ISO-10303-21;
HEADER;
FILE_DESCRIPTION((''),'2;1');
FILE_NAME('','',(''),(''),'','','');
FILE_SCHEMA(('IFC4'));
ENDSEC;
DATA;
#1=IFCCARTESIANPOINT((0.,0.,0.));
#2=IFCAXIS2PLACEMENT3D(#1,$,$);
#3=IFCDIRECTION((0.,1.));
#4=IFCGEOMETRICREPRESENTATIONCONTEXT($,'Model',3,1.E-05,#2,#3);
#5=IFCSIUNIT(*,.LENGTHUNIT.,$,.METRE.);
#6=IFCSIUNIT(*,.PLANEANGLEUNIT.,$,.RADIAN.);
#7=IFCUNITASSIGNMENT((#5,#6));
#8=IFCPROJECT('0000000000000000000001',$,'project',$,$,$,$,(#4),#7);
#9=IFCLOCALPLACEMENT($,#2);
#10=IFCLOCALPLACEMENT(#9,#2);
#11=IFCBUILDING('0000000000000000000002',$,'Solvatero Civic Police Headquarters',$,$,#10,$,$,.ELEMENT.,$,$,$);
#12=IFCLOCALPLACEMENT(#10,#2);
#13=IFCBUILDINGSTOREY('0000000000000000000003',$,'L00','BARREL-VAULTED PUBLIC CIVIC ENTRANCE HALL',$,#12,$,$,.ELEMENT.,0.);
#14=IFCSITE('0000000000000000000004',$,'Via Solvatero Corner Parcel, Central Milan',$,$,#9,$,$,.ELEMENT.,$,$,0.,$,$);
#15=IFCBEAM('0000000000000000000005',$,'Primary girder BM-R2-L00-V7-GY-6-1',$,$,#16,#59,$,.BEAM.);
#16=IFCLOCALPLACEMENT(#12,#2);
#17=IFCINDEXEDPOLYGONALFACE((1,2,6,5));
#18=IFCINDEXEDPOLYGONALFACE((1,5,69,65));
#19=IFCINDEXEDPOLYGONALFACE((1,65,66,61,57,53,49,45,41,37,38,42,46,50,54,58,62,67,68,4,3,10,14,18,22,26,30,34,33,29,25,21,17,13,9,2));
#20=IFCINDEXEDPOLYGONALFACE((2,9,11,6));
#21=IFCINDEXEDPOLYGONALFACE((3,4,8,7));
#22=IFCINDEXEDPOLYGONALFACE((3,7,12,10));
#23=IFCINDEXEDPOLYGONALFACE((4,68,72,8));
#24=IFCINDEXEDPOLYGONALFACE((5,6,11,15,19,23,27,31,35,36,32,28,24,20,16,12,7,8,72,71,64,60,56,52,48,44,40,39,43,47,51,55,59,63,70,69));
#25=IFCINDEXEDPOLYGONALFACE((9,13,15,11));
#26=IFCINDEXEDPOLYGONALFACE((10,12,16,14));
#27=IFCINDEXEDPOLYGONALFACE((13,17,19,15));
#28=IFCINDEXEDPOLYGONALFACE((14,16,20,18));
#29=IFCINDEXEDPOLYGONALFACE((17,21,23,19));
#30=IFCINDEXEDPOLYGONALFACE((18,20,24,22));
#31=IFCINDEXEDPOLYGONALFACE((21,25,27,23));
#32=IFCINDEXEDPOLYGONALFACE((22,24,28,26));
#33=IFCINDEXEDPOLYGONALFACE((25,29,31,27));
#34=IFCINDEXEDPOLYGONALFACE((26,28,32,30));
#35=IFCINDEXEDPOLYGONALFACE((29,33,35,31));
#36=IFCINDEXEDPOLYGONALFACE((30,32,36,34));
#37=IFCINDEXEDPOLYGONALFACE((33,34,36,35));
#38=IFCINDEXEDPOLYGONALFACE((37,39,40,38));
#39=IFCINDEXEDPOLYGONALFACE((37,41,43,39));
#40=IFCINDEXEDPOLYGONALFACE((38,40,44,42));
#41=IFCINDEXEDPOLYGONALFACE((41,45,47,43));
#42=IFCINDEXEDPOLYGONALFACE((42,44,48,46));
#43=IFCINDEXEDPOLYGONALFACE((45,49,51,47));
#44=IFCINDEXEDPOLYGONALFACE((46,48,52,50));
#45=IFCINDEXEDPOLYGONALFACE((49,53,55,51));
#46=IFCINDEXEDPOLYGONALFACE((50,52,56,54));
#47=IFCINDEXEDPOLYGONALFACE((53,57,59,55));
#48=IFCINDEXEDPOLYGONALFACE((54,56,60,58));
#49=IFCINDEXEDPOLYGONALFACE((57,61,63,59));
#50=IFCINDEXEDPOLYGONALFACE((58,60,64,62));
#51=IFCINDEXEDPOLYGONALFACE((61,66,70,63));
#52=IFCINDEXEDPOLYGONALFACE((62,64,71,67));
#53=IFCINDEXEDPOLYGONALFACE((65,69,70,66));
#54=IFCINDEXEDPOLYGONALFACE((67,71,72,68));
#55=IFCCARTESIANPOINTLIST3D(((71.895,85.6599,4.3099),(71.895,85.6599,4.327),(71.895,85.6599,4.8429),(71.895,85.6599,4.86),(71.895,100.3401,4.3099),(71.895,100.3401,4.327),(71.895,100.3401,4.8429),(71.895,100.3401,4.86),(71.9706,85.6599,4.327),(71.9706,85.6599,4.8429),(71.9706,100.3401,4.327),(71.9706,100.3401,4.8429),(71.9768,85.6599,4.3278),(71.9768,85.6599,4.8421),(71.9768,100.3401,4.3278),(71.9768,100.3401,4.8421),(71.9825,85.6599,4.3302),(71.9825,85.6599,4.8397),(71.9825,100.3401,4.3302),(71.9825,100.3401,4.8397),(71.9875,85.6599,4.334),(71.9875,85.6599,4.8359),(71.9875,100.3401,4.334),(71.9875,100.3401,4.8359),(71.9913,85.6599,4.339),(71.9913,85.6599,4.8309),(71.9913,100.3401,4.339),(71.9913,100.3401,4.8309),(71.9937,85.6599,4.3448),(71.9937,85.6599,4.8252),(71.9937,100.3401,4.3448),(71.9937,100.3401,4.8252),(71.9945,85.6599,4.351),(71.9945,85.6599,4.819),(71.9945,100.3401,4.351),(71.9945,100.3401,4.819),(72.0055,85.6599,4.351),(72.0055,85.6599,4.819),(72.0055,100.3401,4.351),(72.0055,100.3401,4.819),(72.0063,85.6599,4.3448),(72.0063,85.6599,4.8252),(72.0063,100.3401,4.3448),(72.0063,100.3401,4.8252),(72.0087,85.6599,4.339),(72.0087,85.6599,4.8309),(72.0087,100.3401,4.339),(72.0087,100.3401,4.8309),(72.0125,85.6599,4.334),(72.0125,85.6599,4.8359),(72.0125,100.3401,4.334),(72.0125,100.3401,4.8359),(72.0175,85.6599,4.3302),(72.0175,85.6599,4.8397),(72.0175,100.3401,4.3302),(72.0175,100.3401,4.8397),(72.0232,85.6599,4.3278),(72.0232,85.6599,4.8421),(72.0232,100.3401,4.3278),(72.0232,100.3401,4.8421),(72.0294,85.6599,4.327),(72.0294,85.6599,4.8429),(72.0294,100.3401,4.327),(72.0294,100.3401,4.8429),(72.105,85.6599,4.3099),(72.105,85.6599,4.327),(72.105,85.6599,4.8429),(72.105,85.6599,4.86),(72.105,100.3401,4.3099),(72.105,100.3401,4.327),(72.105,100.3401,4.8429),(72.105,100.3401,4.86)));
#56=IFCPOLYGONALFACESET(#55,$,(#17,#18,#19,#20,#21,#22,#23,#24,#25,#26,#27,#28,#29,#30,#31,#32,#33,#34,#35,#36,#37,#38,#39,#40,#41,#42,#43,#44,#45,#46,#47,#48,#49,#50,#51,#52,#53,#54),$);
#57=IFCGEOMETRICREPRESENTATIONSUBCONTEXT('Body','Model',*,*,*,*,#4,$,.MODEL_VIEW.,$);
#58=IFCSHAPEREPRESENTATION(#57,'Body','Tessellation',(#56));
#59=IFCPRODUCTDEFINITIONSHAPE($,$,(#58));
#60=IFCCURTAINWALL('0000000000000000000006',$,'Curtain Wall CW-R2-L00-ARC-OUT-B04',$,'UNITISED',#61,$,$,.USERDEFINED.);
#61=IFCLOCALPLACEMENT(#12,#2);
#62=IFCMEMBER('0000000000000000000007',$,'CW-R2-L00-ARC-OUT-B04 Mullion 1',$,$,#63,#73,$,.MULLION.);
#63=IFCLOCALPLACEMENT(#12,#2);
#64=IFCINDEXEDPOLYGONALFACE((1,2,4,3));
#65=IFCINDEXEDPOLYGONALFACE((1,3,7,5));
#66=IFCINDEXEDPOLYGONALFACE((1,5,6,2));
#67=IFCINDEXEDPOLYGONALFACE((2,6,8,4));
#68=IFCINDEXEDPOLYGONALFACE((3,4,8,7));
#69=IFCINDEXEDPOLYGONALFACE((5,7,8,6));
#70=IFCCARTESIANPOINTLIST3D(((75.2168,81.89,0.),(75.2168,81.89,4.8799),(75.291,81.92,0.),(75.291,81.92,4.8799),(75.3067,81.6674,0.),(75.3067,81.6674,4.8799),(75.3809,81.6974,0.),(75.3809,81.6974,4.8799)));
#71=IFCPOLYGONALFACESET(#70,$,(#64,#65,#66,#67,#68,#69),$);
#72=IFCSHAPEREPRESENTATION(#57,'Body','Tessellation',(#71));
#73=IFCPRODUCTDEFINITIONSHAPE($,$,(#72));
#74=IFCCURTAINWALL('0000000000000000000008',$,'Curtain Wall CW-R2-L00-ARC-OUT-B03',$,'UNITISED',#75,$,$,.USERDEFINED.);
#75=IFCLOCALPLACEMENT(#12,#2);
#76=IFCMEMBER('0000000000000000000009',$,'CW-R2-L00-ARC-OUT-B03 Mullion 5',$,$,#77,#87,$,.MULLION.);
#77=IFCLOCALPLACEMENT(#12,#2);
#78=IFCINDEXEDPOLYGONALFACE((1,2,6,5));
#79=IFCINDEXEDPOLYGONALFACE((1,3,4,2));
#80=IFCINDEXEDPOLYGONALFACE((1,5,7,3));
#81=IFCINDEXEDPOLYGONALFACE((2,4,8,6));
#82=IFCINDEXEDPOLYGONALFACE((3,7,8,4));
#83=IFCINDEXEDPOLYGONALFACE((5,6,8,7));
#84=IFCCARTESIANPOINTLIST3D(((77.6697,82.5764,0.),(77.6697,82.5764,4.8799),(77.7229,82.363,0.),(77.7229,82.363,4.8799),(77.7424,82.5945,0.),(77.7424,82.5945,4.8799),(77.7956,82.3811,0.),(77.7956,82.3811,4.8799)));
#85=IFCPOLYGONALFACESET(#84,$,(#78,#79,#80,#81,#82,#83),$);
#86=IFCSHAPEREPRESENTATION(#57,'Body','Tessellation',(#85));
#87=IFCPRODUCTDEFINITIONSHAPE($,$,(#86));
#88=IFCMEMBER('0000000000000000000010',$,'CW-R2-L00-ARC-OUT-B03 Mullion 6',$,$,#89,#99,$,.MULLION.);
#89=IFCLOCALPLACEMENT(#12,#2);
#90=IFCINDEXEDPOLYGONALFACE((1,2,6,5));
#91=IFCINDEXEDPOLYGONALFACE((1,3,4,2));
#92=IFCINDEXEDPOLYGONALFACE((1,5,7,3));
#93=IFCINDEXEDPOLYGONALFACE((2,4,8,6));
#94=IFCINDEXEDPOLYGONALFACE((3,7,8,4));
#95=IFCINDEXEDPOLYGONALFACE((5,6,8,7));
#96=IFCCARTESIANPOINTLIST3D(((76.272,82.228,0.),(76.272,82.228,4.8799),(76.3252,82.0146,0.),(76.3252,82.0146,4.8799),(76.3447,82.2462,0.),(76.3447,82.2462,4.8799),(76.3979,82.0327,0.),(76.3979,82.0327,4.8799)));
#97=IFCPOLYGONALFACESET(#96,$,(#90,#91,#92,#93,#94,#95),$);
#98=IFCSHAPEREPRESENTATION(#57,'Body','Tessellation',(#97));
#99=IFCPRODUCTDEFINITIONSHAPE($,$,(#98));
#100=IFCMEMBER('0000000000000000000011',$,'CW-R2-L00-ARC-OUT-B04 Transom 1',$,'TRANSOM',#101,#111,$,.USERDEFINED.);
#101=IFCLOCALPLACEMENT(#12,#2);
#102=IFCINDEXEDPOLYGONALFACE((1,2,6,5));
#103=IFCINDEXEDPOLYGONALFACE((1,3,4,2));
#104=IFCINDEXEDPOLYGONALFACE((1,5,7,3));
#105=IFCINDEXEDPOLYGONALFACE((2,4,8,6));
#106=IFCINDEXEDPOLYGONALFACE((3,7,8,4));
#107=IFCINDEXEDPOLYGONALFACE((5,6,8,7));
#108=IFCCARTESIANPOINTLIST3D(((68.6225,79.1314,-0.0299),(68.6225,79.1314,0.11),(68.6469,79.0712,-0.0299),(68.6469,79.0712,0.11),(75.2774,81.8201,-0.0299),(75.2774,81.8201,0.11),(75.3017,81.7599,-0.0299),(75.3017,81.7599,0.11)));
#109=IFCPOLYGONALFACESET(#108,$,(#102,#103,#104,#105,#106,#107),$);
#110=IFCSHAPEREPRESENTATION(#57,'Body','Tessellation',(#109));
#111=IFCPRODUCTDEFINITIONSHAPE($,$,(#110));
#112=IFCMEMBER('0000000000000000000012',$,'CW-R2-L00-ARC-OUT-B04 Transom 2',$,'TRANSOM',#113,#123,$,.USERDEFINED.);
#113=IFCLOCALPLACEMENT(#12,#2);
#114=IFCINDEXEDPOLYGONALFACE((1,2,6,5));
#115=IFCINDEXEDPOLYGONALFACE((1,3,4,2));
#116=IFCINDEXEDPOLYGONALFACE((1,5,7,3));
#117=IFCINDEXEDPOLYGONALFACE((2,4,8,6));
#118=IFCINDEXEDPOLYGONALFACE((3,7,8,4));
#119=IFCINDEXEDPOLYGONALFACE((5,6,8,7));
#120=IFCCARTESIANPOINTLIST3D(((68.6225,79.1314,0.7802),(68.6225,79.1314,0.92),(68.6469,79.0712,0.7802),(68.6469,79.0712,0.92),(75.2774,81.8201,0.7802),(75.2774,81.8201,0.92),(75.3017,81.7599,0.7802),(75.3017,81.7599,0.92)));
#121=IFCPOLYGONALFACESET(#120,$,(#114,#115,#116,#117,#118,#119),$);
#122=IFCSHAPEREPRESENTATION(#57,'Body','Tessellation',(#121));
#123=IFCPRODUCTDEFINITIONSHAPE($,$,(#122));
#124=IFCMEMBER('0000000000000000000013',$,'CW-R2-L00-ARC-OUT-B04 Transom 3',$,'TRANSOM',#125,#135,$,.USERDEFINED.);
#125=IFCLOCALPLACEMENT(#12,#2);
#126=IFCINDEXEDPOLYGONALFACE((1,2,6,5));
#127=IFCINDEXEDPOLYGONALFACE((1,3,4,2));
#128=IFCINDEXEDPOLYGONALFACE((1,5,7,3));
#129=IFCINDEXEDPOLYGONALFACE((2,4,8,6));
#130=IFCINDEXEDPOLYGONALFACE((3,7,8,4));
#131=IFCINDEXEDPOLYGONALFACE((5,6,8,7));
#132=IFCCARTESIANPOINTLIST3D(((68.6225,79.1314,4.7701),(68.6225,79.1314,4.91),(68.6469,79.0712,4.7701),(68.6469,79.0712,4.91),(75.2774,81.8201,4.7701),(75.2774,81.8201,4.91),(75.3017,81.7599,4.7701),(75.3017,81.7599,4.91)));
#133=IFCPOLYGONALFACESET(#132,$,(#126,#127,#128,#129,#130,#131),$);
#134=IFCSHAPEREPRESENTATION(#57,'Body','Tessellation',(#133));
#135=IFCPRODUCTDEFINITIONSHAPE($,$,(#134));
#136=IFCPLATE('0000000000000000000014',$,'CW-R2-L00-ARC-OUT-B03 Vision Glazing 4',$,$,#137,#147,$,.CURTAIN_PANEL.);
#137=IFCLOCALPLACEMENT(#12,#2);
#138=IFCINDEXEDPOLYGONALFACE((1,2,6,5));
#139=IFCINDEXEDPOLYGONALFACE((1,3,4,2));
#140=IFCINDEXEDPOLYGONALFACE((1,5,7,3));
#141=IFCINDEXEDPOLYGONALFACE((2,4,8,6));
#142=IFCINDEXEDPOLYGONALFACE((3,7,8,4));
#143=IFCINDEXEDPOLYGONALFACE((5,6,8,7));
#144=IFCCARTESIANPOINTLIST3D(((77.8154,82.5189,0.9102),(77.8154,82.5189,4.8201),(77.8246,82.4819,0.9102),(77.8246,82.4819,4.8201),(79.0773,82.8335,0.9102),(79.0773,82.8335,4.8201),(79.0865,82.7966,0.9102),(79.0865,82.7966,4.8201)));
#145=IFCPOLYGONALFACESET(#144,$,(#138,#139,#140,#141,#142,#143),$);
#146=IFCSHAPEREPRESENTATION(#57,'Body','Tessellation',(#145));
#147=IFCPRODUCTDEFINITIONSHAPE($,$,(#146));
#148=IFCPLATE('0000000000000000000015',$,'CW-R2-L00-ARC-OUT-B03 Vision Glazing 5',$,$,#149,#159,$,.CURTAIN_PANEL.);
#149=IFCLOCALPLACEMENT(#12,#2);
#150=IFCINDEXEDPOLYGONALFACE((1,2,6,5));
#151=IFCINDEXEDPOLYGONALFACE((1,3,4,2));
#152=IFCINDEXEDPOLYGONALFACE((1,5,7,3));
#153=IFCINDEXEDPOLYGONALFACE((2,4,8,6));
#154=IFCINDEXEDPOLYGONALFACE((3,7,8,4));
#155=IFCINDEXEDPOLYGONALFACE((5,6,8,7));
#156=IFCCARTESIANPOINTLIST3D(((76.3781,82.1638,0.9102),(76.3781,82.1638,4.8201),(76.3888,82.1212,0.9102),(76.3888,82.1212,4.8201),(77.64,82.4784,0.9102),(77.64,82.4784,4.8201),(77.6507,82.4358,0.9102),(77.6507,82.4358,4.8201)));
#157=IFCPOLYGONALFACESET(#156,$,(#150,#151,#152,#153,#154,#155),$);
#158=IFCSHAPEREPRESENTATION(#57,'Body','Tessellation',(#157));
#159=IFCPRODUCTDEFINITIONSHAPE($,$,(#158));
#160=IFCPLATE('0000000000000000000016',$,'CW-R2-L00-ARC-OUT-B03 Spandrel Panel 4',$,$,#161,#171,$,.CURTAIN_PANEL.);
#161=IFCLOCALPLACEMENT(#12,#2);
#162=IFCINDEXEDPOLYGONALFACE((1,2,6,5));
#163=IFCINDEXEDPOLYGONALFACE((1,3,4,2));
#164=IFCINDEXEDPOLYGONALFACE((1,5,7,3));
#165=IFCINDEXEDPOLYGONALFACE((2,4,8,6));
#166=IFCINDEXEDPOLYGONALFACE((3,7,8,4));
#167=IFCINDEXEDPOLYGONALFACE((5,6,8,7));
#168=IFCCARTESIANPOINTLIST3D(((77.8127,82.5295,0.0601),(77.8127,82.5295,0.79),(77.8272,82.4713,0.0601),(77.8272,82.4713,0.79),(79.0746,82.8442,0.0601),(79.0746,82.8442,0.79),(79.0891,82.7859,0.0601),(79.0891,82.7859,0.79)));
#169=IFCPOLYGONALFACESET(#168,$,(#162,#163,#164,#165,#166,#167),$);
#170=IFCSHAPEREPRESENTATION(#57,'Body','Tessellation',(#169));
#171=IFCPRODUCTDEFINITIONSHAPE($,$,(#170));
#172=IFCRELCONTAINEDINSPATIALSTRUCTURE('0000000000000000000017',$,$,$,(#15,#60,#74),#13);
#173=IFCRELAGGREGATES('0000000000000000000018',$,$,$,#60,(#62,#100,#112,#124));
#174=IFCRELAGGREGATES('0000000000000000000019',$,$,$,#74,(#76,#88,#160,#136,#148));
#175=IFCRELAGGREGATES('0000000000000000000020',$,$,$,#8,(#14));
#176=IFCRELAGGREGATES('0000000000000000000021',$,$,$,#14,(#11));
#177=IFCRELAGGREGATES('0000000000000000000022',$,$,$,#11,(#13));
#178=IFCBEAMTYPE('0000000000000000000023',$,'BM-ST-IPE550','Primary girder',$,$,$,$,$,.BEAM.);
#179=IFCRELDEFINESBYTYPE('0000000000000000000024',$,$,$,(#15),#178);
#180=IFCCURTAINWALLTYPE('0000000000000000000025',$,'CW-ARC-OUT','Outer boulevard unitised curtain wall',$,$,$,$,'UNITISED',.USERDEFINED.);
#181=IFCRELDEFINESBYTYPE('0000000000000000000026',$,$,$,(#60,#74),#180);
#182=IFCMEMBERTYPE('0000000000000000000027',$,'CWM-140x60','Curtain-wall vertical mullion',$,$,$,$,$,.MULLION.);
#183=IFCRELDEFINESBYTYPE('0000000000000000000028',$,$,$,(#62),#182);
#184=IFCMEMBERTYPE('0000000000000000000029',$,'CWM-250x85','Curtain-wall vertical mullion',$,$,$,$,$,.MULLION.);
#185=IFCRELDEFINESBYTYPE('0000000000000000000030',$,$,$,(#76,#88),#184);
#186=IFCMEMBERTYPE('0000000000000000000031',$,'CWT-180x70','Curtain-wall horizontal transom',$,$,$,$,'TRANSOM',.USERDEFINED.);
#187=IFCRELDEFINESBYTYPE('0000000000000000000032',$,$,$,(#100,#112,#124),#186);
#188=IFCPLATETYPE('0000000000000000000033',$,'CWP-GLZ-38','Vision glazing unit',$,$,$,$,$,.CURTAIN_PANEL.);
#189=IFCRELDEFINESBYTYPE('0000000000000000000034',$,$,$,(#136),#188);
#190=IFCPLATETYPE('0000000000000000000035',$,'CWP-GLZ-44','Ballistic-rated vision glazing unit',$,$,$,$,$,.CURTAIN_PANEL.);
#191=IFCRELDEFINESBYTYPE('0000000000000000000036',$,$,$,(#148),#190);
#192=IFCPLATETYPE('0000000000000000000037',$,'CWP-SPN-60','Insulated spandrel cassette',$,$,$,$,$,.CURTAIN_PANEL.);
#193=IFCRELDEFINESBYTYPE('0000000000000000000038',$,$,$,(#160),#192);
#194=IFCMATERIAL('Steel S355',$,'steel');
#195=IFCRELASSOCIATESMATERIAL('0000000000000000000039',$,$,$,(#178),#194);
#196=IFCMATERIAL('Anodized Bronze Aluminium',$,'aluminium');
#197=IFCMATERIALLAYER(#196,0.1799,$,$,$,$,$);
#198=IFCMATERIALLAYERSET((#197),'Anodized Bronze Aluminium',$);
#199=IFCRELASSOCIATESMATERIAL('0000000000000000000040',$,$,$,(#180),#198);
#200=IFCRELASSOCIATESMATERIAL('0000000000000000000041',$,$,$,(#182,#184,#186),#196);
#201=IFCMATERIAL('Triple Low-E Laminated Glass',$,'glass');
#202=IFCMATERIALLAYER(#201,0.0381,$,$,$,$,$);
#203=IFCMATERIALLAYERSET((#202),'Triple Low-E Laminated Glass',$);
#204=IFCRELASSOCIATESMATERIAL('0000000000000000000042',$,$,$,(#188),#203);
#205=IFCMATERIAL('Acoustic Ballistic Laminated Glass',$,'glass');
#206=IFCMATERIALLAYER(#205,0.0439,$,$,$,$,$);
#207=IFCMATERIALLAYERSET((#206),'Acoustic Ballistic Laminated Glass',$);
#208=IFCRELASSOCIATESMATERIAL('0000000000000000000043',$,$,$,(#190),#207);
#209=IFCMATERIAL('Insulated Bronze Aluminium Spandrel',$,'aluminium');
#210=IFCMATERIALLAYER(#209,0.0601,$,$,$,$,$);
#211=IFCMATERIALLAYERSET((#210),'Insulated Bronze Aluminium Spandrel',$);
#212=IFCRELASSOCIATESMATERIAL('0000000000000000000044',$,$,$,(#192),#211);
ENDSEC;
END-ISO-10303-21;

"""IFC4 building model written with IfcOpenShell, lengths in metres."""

from ifc_helpers import new_model, si_unit, direction, frame, origin, origin_2d, place, context, subcontext, project, spatial, rectangle, i_section, extrude, material, layer, layer_set, material_profile, profile_set, type_object, element, aggregate, save


model = new_model("IFC4")

# Units and contexts
model_context = context("Model", 3, precision=1e-05, world=origin(), true_north=direction((0.0, 1.0)))
body_context = subcontext(model_context, "Body", "Model", "MODEL_VIEW")
ifc_project = project(units=[si_unit("LENGTHUNIT", "METRE"), si_unit("PLANEANGLEUNIT", "RADIAN")], contexts=[model_context])

# Site, building, storey
site_placement = place(None, origin())
site = spatial("IfcSite", under=ifc_project, at=site_placement, Name="Via Solvatero Corner Parcel, Central Milan", CompositionType="ELEMENT", RefElevation=0.0)
building_placement = place(site_placement, origin())
building = spatial("IfcBuilding", under=site, at=building_placement, Name="Solvatero Civic Police Headquarters", CompositionType="ELEMENT")
storey_placement = place(building_placement, origin())
storey = spatial("IfcBuildingStorey", under=building, at=storey_placement, Name="L00", Description="BARREL-VAULTED PUBLIC CIVIC ENTRANCE HALL", CompositionType="ELEMENT", Elevation=0.0)

# Beam
ifc_material_1 = material(Name="Steel S355", Category="steel")
ifc_material_profile_1 = material_profile(ifc_material_1, i_section(OverallWidth=0.21, OverallDepth=0.55, WebThickness=0.011, FlangeThickness=0.0171, FilletRadius=0.0239, at=origin_2d()), Name="IPE 550")
ifc_profile_set_1 = profile_set([ifc_material_profile_1], Name="Steel S355")
beam_type_1 = type_object("IfcBeamType", Name="BM-ST-IPE550", Description="Primary girder", PredefinedType="BEAM", material=ifc_profile_set_1)
for number, where, z_axis, x_axis, name in (
    (1, (72.0, 85.6599, 4.585), (0.0, 1.0, 0.0), (-1.0, 0.0, 0.0), "Primary girder BM-R2-L00-V7-GY-6-1"),
):
    element("IfcBeam", number, at=place(storey_placement, frame(where, z_axis=z_axis, x_axis=x_axis)), inside=storey, type_object=beam_type_1, Name=name, PredefinedType="BEAM", context=body_context, shape_type="SweptSolid", body=[
        extrude(i_section(OverallWidth=0.21, OverallDepth=0.55, WebThickness=0.011, FlangeThickness=0.0171, FilletRadius=0.0239, at=origin_2d()), origin(), (0.0, 0.0, 1.0), 14.6802),
    ])

# Curtain wall, member
ifc_material_2 = material(Name="Anodized Bronze Aluminium", Category="aluminium")
ifc_layer_1 = layer(ifc_material_2, 0.1799)
ifc_layer_set_1 = layer_set([ifc_layer_1], Name="Anodized Bronze Aluminium")
curtain_wall_type = type_object("IfcCurtainWallType", Name="CW-ARC-OUT", Description="Outer boulevard unitised curtain wall", ElementType="UNITISED", PredefinedType="USERDEFINED", material=ifc_layer_set_1)
curtain_wall_1_placement = place(storey_placement, origin())
curtain_wall_1 = element("IfcCurtainWall", 2, at=curtain_wall_1_placement, inside=storey, type_object=curtain_wall_type, Name="Curtain Wall CW-R2-L00-ARC-OUT-B04", ObjectType="UNITISED", PredefinedType="USERDEFINED")
ifc_material_profile_2 = material_profile(ifc_material_2, rectangle(XDim=0.0801, YDim=0.24, at=origin_2d()), Name="ALU MULLION 80x240")
ifc_profile_set_2 = profile_set([ifc_material_profile_2], Name="Anodized Bronze Aluminium")
member_type_1 = type_object("IfcMemberType", Name="CWM-140x60", Description="Curtain-wall vertical mullion", PredefinedType="MULLION", material=ifc_profile_set_2)
member_1_placement = place(storey_placement, frame((75.2988, 81.7937, 0.0), z_axis=(0.0, 0.0, 1.0), x_axis=(-0.927184, -0.374607, 0.0)))
member_1 = element("IfcMember", 3, at=member_1_placement, type_object=member_type_1, Name="CW-R2-L00-ARC-OUT-B04 Mullion 1", PredefinedType="MULLION", context=body_context, shape_type="SweptSolid", body=[
    extrude(rectangle(XDim=0.0801, YDim=0.24, at=origin_2d()), origin(), (0.0, 0.0, 1.0), 4.8799),
])

# Curtain wall, members
curtain_wall_2_placement = place(storey_placement, origin())
curtain_wall_2 = element("IfcCurtainWall", 4, at=curtain_wall_2_placement, inside=storey, type_object=curtain_wall_type, Name="Curtain Wall CW-R2-L00-ARC-OUT-B03", ObjectType="UNITISED", PredefinedType="USERDEFINED")
ifc_material_profile_3 = material_profile(ifc_material_2, rectangle(XDim=0.075, YDim=0.22, at=origin_2d()), Name="ALU MULLION 75x220")
ifc_profile_set_3 = profile_set([ifc_material_profile_3], Name="Anodized Bronze Aluminium")
member_type_2 = type_object("IfcMemberType", Name="CWM-250x85", Description="Curtain-wall vertical mullion", PredefinedType="MULLION", material=ifc_profile_set_3)
member_2_placement = place(storey_placement, frame((77.7327, 82.4788, 0.0), z_axis=(0.0, 0.0, 1.0), x_axis=(-0.970296, -0.241922, 0.0)))
member_2 = element("IfcMember", 5, at=member_2_placement, type_object=member_type_2, Name="CW-R2-L00-ARC-OUT-B03 Mullion 5", PredefinedType="MULLION", context=body_context, shape_type="SweptSolid", body=[
    extrude(rectangle(XDim=0.075, YDim=0.22, at=origin_2d()), origin(), (0.0, 0.0, 1.0), 4.8799),
])
member_3_placement = place(storey_placement, frame((76.335, 82.1304, 0.0), z_axis=(0.0, 0.0, 1.0), x_axis=(-0.970296, -0.241922, 0.0)))
member_3 = element("IfcMember", 6, at=member_3_placement, type_object=member_type_2, Name="CW-R2-L00-ARC-OUT-B03 Mullion 6", PredefinedType="MULLION", context=body_context, shape_type="SweptSolid", body=[
    extrude(rectangle(XDim=0.075, YDim=0.22, at=origin_2d()), origin(), (0.0, 0.0, 1.0), 4.8799),
])

# Members
ifc_material_profile_4 = material_profile(ifc_material_2, rectangle(XDim=0.0649, YDim=0.1399, at=origin_2d()), Name="ALU TRANSOM 65x140")
ifc_profile_set_4 = profile_set([ifc_material_profile_4], Name="Anodized Bronze Aluminium")
member_type_3 = type_object("IfcMemberType", Name="CWT-180x70", Description="Curtain-wall horizontal transom", ElementType="TRANSOM", PredefinedType="USERDEFINED", material=ifc_profile_set_4)
member_4_placement = place(storey_placement, frame((75.2896, 81.79, 0.04), z_axis=(-0.927183, -0.374608, 0.0), x_axis=(0.374608, -0.927183, 0.0)))
member_4 = element("IfcMember", 7, at=member_4_placement, type_object=member_type_3, Name="CW-R2-L00-ARC-OUT-B04 Transom 1", ObjectType="TRANSOM", PredefinedType="USERDEFINED", context=body_context, shape_type="SweptSolid", body=[
    extrude(rectangle(XDim=0.0649, YDim=0.1399, at=origin_2d()), origin(), (0.0, 0.0, 1.0), 7.1775),
])
member_5_placement = place(storey_placement, frame((75.2896, 81.79, 0.8501), z_axis=(-0.927183, -0.374608, 0.0), x_axis=(0.374608, -0.927183, 0.0)))
member_5 = element("IfcMember", 8, at=member_5_placement, type_object=member_type_3, Name="CW-R2-L00-ARC-OUT-B04 Transom 2", ObjectType="TRANSOM", PredefinedType="USERDEFINED", context=body_context, shape_type="SweptSolid", body=[
    extrude(rectangle(XDim=0.0649, YDim=0.1399, at=origin_2d()), origin(), (0.0, 0.0, 1.0), 7.1775),
])
member_6_placement = place(storey_placement, frame((75.2896, 81.79, 4.8401), z_axis=(-0.927183, -0.374608, 0.0), x_axis=(0.374608, -0.927183, 0.0)))
member_6 = element("IfcMember", 9, at=member_6_placement, type_object=member_type_3, Name="CW-R2-L00-ARC-OUT-B04 Transom 3", ObjectType="TRANSOM", PredefinedType="USERDEFINED", context=body_context, shape_type="SweptSolid", body=[
    extrude(rectangle(XDim=0.0649, YDim=0.1399, at=origin_2d()), origin(), (0.0, 0.0, 1.0), 7.1775),
])
aggregate(curtain_wall_1, [member_1, member_4, member_5, member_6])

# Plates
ifc_material_3 = material(Name="Triple Low-E Laminated Glass", Category="glass")
ifc_layer_2 = layer(ifc_material_3, 0.0381)
ifc_layer_set_2 = layer_set([ifc_layer_2], Name="Triple Low-E Laminated Glass")
plate_type_1 = type_object("IfcPlateType", Name="CWP-GLZ-38", Description="Vision glazing unit", PredefinedType="CURTAIN_PANEL", material=ifc_layer_set_2)
plate_1_placement = place(storey_placement, frame((78.4509, 82.6577, 0.9102), z_axis=(0.0, 0.0, 1.0), x_axis=(-0.970296, -0.241922, 0.0)))
plate_1 = element("IfcPlate", 10, at=plate_1_placement, type_object=plate_type_1, Name="CW-R2-L00-ARC-OUT-B03 Vision Glazing 4", PredefinedType="CURTAIN_PANEL", context=body_context, shape_type="SweptSolid", body=[
    extrude(rectangle(XDim=1.3005, YDim=0.0381, at=origin_2d()), origin(), (0.0, 0.0, 1.0), 3.9099),
])
ifc_material_4 = material(Name="Acoustic Ballistic Laminated Glass", Category="glass")
ifc_layer_3 = layer(ifc_material_4, 0.0439)
ifc_layer_set_3 = layer_set([ifc_layer_3], Name="Acoustic Ballistic Laminated Glass")
plate_type_2 = type_object("IfcPlateType", Name="CWP-GLZ-44", Description="Ballistic-rated vision glazing unit", PredefinedType="CURTAIN_PANEL", material=ifc_layer_set_3)
plate_2_placement = place(storey_placement, frame((77.0144, 82.2998, 0.9102), z_axis=(0.0, 0.0, 1.0), x_axis=(-0.970296, -0.241922, 0.0)))
plate_2 = element("IfcPlate", 11, at=plate_2_placement, type_object=plate_type_2, Name="CW-R2-L00-ARC-OUT-B03 Vision Glazing 5", PredefinedType="CURTAIN_PANEL", context=body_context, shape_type="SweptSolid", body=[
    extrude(rectangle(XDim=1.3005, YDim=0.0439, at=origin_2d()), origin(), (0.0, 0.0, 1.0), 3.9099),
])
ifc_material_5 = material(Name="Insulated Bronze Aluminium Spandrel", Category="aluminium")
ifc_layer_4 = layer(ifc_material_5, 0.0601)
ifc_layer_set_4 = layer_set([ifc_layer_4], Name="Insulated Bronze Aluminium Spandrel")
plate_type_3 = type_object("IfcPlateType", Name="CWP-SPN-60", Description="Insulated spandrel cassette", PredefinedType="CURTAIN_PANEL", material=ifc_layer_set_4)
plate_3_placement = place(storey_placement, frame((78.4509, 82.6577, 0.0601), z_axis=(0.0, 0.0, 1.0), x_axis=(-0.970296, -0.241922, 0.0)))
plate_3 = element("IfcPlate", 12, at=plate_3_placement, type_object=plate_type_3, Name="CW-R2-L00-ARC-OUT-B03 Spandrel Panel 4", PredefinedType="CURTAIN_PANEL", context=body_context, shape_type="SweptSolid", body=[
    extrude(rectangle(XDim=1.3005, YDim=0.0601, at=origin_2d()), origin(), (0.0, 0.0, 1.0), 0.73),
])
aggregate(curtain_wall_2, [member_2, member_3, plate_3, plate_1, plate_2])

save(model, "model.ifc")
